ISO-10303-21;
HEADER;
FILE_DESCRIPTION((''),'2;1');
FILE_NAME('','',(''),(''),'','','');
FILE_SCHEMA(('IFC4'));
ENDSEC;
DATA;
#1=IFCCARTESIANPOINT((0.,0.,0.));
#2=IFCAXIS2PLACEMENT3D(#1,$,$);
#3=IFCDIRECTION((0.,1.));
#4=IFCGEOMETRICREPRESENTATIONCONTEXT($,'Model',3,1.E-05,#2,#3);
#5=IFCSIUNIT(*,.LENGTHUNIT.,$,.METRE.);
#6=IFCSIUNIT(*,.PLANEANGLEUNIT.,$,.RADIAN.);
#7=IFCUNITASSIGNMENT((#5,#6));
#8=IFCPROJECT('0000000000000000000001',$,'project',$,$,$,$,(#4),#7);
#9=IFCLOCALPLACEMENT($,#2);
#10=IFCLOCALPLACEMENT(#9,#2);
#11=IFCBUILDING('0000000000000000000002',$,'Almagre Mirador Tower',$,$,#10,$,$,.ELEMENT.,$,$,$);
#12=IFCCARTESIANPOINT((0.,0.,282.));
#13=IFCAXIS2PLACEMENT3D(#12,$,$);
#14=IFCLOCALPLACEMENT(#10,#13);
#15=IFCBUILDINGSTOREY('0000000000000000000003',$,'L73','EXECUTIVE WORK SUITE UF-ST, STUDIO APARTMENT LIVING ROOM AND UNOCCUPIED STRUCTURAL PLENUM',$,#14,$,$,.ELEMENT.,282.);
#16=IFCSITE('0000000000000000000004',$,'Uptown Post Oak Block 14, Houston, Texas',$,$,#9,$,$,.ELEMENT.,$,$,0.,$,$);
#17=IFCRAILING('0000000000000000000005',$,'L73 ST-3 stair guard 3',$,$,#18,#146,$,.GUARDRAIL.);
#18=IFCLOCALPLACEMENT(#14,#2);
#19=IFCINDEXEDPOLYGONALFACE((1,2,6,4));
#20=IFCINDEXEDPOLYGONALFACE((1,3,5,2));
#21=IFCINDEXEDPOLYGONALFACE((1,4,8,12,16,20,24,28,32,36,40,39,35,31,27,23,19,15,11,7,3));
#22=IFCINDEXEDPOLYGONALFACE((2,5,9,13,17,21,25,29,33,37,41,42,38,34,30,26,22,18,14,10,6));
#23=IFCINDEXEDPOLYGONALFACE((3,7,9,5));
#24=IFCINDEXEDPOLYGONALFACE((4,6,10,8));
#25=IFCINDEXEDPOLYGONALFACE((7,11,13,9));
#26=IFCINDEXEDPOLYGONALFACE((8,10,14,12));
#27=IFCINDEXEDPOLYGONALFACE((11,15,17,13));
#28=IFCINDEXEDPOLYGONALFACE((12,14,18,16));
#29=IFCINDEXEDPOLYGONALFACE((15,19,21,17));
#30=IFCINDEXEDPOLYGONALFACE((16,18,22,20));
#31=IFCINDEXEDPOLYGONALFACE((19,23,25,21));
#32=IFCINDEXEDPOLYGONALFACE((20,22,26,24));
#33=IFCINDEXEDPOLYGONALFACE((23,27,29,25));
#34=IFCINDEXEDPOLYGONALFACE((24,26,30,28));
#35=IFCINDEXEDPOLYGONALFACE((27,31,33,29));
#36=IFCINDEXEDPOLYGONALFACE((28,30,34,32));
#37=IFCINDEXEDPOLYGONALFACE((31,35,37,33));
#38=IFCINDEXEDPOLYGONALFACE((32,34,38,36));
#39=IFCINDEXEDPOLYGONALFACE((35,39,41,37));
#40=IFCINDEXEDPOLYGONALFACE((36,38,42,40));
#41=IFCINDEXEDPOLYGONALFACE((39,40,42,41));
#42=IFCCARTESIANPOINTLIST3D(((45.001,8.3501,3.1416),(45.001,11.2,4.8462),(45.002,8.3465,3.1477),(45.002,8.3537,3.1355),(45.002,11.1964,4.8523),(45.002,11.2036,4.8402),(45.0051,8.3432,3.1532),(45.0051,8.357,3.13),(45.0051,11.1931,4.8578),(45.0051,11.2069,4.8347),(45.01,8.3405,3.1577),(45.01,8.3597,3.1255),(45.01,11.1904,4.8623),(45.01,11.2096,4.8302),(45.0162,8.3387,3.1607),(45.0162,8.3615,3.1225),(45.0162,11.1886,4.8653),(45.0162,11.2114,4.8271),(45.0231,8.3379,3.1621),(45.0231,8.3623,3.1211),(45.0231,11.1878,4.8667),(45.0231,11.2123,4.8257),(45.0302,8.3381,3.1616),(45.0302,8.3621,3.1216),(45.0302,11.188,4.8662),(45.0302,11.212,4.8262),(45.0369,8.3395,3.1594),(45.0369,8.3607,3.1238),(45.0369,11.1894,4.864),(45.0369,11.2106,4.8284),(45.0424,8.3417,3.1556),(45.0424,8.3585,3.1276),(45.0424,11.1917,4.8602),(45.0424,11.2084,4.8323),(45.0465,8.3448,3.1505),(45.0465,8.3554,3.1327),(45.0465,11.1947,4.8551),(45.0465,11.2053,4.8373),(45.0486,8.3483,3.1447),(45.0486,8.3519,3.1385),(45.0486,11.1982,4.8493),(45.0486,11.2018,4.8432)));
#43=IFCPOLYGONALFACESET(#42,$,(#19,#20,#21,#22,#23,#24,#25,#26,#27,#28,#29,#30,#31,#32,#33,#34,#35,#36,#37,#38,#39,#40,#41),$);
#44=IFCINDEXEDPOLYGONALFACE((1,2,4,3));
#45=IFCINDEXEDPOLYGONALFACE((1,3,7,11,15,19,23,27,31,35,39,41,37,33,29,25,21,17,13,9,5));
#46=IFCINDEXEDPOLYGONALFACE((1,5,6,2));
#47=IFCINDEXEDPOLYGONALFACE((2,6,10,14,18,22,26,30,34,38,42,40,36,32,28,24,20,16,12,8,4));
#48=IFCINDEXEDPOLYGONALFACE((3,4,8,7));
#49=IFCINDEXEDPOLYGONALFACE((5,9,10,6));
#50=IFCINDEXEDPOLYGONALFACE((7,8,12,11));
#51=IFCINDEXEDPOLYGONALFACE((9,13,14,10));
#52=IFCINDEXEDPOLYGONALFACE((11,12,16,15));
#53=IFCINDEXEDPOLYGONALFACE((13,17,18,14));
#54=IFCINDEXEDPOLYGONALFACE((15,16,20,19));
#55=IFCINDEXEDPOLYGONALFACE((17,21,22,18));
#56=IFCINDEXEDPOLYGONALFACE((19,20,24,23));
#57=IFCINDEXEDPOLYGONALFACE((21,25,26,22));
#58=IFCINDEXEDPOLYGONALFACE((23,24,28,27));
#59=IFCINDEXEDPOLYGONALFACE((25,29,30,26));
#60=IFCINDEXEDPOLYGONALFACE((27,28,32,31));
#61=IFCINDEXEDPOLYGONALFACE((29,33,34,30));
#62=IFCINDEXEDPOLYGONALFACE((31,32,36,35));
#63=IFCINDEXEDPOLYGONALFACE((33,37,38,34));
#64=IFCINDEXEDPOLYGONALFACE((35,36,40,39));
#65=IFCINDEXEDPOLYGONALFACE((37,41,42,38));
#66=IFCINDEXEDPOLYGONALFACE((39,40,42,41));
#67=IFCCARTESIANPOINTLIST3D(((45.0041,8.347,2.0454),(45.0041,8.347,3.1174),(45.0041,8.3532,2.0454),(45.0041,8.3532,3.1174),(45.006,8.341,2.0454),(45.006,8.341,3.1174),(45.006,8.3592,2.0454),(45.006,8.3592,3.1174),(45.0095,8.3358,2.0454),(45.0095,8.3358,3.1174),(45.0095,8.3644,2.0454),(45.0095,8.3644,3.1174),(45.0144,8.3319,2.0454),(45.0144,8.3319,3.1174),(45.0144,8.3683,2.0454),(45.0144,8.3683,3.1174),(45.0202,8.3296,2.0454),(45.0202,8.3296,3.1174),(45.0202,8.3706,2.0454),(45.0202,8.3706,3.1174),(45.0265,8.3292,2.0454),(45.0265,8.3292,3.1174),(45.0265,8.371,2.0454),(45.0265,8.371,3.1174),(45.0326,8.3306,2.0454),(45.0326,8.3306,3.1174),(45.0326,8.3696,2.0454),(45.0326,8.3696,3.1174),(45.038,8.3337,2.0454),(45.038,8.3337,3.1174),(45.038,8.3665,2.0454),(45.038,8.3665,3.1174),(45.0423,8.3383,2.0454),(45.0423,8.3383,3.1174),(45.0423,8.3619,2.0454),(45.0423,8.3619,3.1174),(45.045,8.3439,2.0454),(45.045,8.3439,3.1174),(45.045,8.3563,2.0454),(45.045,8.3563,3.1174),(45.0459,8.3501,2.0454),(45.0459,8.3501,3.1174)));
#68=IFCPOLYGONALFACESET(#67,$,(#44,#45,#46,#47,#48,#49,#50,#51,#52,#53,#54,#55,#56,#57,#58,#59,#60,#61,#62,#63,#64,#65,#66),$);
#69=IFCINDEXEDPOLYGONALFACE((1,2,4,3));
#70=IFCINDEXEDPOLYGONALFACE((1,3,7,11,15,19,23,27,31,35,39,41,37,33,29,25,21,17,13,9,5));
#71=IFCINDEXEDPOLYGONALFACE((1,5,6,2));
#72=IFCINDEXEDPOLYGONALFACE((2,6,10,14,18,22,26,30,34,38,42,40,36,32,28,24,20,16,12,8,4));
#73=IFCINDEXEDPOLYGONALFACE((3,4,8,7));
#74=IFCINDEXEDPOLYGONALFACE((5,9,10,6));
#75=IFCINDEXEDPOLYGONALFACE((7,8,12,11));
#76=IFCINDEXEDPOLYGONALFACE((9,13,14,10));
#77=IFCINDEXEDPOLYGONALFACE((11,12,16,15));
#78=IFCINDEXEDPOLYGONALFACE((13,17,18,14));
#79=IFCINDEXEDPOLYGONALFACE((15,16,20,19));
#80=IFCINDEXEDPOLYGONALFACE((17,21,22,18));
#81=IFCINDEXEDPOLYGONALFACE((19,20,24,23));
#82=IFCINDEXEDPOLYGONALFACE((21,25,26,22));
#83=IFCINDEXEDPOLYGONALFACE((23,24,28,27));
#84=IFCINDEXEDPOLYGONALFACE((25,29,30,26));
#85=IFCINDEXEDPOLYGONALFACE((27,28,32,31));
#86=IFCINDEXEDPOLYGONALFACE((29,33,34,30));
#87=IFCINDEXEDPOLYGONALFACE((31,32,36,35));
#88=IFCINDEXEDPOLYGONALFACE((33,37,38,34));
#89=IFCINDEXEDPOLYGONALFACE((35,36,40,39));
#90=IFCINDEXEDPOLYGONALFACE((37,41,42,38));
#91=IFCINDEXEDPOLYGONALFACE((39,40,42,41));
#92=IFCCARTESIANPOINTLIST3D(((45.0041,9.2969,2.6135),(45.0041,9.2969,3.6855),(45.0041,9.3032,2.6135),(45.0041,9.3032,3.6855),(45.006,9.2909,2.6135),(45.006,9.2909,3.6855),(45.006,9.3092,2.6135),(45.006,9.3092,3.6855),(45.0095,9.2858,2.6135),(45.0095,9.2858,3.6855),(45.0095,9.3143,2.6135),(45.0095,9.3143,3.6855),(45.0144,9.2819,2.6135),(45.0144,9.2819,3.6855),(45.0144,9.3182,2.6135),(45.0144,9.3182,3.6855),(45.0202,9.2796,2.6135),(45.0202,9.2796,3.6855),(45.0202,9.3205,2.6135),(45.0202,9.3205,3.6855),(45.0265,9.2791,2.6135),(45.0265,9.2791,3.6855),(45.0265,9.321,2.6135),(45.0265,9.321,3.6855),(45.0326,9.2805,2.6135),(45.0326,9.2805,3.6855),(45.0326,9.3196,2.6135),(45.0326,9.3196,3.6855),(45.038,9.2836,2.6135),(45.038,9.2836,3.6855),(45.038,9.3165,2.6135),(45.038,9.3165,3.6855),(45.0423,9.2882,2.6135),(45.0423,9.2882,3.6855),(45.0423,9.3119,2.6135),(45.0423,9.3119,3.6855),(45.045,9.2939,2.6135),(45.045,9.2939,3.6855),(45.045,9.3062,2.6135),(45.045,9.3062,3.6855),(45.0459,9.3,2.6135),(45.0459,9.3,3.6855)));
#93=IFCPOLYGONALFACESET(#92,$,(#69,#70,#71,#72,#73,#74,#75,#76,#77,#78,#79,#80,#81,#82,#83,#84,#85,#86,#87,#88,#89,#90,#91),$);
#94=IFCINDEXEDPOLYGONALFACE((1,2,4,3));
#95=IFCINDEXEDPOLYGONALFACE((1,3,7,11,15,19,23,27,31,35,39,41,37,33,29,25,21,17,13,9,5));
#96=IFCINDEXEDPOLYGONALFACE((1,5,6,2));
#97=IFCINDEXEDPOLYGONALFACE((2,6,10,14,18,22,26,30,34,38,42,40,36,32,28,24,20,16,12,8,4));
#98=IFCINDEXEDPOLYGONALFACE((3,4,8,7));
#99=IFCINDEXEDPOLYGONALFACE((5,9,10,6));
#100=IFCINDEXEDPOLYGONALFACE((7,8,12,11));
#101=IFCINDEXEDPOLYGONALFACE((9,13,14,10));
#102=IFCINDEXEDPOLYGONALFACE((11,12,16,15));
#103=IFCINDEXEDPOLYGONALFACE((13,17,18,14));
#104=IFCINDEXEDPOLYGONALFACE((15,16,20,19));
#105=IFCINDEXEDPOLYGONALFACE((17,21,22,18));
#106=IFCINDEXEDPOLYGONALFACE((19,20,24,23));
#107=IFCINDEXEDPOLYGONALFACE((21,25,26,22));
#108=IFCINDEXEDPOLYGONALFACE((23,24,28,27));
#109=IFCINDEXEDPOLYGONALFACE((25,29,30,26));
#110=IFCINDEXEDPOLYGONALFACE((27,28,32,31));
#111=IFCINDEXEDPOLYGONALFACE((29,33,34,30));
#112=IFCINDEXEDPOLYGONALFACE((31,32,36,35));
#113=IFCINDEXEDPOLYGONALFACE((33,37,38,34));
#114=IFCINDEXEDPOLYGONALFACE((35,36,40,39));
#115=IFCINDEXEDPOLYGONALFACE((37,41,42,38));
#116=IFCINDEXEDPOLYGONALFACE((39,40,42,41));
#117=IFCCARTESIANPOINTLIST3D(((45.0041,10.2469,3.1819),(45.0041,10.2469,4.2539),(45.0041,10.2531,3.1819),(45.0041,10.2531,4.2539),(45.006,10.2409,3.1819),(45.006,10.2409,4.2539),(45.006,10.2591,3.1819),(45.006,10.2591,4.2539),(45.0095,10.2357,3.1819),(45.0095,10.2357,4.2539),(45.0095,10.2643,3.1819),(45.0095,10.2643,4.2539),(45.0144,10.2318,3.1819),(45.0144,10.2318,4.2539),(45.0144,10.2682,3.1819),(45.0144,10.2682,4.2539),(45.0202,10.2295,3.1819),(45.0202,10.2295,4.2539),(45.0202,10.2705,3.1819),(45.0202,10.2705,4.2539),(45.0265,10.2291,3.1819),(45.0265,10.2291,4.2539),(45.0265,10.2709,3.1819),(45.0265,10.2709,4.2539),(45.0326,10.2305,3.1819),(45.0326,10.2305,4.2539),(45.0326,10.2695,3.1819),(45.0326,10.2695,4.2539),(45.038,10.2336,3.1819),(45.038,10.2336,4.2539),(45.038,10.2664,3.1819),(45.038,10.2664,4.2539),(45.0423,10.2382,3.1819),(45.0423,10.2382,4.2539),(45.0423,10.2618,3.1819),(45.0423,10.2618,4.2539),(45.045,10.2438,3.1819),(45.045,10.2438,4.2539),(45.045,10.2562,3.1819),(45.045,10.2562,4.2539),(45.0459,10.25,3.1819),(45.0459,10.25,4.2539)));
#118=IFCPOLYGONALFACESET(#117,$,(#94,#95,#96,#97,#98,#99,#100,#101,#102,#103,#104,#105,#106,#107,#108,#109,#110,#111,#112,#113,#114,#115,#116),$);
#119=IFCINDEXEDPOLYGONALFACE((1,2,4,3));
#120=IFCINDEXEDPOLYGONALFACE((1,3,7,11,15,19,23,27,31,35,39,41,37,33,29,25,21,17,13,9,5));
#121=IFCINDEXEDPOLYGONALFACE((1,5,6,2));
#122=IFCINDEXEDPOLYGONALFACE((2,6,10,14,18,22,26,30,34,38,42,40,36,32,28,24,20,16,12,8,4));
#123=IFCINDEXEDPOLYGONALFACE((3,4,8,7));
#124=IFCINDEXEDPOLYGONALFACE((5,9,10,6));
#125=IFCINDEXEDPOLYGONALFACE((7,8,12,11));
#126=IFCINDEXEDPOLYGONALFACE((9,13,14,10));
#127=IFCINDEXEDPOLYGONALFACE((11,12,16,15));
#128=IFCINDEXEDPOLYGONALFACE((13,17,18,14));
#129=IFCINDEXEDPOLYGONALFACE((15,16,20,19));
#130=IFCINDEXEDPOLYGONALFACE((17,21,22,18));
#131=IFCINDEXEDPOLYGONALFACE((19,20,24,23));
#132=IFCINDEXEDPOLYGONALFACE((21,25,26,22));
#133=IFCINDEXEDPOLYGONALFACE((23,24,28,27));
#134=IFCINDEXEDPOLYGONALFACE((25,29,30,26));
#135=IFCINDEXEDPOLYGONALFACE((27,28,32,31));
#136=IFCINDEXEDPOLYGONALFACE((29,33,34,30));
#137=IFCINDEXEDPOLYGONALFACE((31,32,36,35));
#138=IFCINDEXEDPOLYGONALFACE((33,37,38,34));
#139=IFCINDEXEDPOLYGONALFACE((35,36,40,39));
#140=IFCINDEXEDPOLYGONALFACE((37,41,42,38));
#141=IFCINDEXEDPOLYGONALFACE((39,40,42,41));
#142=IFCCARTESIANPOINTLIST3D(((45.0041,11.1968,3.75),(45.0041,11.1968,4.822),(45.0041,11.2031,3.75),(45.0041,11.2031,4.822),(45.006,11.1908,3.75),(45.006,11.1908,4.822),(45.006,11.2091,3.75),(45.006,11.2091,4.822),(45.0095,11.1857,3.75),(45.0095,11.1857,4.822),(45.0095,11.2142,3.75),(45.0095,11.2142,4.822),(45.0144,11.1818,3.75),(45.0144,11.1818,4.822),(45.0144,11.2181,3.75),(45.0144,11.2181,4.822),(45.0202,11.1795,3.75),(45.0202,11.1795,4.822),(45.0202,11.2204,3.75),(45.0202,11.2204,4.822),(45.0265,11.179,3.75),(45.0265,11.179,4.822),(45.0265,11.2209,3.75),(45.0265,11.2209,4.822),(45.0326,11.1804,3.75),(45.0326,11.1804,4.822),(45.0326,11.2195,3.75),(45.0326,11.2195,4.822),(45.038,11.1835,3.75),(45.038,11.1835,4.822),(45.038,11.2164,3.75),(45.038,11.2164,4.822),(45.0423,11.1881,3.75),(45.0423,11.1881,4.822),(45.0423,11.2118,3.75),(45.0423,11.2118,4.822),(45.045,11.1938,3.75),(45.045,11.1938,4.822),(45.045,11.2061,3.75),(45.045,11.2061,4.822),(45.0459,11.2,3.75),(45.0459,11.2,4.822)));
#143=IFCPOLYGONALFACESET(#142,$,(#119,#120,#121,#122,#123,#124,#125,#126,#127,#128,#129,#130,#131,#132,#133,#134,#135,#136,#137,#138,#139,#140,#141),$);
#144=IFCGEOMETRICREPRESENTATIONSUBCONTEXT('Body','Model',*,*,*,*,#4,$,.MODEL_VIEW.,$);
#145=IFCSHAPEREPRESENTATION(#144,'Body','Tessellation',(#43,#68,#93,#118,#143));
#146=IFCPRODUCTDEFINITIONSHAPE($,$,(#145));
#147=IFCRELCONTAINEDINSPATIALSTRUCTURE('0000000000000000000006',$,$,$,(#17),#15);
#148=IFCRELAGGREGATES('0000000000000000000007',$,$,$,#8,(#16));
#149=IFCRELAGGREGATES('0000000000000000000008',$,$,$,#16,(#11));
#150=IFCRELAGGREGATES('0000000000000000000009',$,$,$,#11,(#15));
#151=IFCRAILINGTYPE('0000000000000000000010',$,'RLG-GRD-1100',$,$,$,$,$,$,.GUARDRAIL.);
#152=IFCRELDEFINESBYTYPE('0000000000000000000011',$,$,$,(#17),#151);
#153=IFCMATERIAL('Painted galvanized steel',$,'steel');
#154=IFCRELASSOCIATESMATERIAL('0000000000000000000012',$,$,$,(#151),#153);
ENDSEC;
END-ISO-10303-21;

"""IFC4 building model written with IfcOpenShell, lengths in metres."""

from ifc_helpers import new_model, si_unit, direction, frame, origin, origin_2d, place, context, subcontext, project, spatial, circle, extrude, material, type_object, element, save


model = new_model("IFC4")

# Units and contexts
model_context = context("Model", 3, precision=1e-05, world=origin(), true_north=direction((0.0, 1.0)))
body_context = subcontext(model_context, "Body", "Model", "MODEL_VIEW")
ifc_project = project(units=[si_unit("LENGTHUNIT", "METRE"), si_unit("PLANEANGLEUNIT", "RADIAN")], contexts=[model_context])

# Site, building, storey
site_placement = place(None, origin())
site = spatial("IfcSite", under=ifc_project, at=site_placement, Name="Uptown Post Oak Block 14, Houston, Texas", CompositionType="ELEMENT", RefElevation=0.0)
building_placement = place(site_placement, origin())
building = spatial("IfcBuilding", under=site, at=building_placement, Name="Almagre Mirador Tower", CompositionType="ELEMENT")
storey_placement = place(building_placement, frame((0.0, 0.0, 282.0)))
storey = spatial("IfcBuildingStorey", under=building, at=storey_placement, Name="L73", Description="EXECUTIVE WORK SUITE UF-ST, STUDIO APARTMENT LIVING ROOM AND UNOCCUPIED STRUCTURAL PLENUM", CompositionType="ELEMENT", Elevation=282.0)

# Railing
ifc_material_1 = material(Name="Painted galvanized steel", Category="steel")
railing_type_1 = type_object("IfcRailingType", Name="RLG-GRD-1100", PredefinedType="GUARDRAIL", material=ifc_material_1)
railing_1_placement = place(storey_placement, frame((45.0249, 8.3501, 2.0454)))
element("IfcRailing", 1, at=railing_1_placement, inside=storey, type_object=railing_type_1, Name="L73 ST-3 stair guard 3", PredefinedType="GUARDRAIL", context=body_context, shape_type="SweptSolid", body=[
    extrude(circle(Radius=0.0239, at=origin_2d()), frame((0.0, 0.0, 1.0962), z_axis=(0.0, 0.858199, 0.513317), x_axis=(-1.0, 0.0, 0.0)), (0.0, 0.0, 1.0), 3.3208),
    extrude(circle(Radius=0.021, at=origin_2d()), origin(), (0.0, 0.0, 1.0), 1.072),
    extrude(circle(Radius=0.021, at=origin_2d()), frame((0.0, 0.95, 0.5681)), (0.0, 0.0, 1.0), 1.072),
    extrude(circle(Radius=0.021, at=origin_2d()), frame((0.0, 1.8999, 1.1365)), (0.0, 0.0, 1.0), 1.072),
    extrude(circle(Radius=0.021, at=origin_2d()), frame((0.0, 2.8499, 1.7046)), (0.0, 0.0, 1.0), 1.072),
])

save(model, "model.ifc")
